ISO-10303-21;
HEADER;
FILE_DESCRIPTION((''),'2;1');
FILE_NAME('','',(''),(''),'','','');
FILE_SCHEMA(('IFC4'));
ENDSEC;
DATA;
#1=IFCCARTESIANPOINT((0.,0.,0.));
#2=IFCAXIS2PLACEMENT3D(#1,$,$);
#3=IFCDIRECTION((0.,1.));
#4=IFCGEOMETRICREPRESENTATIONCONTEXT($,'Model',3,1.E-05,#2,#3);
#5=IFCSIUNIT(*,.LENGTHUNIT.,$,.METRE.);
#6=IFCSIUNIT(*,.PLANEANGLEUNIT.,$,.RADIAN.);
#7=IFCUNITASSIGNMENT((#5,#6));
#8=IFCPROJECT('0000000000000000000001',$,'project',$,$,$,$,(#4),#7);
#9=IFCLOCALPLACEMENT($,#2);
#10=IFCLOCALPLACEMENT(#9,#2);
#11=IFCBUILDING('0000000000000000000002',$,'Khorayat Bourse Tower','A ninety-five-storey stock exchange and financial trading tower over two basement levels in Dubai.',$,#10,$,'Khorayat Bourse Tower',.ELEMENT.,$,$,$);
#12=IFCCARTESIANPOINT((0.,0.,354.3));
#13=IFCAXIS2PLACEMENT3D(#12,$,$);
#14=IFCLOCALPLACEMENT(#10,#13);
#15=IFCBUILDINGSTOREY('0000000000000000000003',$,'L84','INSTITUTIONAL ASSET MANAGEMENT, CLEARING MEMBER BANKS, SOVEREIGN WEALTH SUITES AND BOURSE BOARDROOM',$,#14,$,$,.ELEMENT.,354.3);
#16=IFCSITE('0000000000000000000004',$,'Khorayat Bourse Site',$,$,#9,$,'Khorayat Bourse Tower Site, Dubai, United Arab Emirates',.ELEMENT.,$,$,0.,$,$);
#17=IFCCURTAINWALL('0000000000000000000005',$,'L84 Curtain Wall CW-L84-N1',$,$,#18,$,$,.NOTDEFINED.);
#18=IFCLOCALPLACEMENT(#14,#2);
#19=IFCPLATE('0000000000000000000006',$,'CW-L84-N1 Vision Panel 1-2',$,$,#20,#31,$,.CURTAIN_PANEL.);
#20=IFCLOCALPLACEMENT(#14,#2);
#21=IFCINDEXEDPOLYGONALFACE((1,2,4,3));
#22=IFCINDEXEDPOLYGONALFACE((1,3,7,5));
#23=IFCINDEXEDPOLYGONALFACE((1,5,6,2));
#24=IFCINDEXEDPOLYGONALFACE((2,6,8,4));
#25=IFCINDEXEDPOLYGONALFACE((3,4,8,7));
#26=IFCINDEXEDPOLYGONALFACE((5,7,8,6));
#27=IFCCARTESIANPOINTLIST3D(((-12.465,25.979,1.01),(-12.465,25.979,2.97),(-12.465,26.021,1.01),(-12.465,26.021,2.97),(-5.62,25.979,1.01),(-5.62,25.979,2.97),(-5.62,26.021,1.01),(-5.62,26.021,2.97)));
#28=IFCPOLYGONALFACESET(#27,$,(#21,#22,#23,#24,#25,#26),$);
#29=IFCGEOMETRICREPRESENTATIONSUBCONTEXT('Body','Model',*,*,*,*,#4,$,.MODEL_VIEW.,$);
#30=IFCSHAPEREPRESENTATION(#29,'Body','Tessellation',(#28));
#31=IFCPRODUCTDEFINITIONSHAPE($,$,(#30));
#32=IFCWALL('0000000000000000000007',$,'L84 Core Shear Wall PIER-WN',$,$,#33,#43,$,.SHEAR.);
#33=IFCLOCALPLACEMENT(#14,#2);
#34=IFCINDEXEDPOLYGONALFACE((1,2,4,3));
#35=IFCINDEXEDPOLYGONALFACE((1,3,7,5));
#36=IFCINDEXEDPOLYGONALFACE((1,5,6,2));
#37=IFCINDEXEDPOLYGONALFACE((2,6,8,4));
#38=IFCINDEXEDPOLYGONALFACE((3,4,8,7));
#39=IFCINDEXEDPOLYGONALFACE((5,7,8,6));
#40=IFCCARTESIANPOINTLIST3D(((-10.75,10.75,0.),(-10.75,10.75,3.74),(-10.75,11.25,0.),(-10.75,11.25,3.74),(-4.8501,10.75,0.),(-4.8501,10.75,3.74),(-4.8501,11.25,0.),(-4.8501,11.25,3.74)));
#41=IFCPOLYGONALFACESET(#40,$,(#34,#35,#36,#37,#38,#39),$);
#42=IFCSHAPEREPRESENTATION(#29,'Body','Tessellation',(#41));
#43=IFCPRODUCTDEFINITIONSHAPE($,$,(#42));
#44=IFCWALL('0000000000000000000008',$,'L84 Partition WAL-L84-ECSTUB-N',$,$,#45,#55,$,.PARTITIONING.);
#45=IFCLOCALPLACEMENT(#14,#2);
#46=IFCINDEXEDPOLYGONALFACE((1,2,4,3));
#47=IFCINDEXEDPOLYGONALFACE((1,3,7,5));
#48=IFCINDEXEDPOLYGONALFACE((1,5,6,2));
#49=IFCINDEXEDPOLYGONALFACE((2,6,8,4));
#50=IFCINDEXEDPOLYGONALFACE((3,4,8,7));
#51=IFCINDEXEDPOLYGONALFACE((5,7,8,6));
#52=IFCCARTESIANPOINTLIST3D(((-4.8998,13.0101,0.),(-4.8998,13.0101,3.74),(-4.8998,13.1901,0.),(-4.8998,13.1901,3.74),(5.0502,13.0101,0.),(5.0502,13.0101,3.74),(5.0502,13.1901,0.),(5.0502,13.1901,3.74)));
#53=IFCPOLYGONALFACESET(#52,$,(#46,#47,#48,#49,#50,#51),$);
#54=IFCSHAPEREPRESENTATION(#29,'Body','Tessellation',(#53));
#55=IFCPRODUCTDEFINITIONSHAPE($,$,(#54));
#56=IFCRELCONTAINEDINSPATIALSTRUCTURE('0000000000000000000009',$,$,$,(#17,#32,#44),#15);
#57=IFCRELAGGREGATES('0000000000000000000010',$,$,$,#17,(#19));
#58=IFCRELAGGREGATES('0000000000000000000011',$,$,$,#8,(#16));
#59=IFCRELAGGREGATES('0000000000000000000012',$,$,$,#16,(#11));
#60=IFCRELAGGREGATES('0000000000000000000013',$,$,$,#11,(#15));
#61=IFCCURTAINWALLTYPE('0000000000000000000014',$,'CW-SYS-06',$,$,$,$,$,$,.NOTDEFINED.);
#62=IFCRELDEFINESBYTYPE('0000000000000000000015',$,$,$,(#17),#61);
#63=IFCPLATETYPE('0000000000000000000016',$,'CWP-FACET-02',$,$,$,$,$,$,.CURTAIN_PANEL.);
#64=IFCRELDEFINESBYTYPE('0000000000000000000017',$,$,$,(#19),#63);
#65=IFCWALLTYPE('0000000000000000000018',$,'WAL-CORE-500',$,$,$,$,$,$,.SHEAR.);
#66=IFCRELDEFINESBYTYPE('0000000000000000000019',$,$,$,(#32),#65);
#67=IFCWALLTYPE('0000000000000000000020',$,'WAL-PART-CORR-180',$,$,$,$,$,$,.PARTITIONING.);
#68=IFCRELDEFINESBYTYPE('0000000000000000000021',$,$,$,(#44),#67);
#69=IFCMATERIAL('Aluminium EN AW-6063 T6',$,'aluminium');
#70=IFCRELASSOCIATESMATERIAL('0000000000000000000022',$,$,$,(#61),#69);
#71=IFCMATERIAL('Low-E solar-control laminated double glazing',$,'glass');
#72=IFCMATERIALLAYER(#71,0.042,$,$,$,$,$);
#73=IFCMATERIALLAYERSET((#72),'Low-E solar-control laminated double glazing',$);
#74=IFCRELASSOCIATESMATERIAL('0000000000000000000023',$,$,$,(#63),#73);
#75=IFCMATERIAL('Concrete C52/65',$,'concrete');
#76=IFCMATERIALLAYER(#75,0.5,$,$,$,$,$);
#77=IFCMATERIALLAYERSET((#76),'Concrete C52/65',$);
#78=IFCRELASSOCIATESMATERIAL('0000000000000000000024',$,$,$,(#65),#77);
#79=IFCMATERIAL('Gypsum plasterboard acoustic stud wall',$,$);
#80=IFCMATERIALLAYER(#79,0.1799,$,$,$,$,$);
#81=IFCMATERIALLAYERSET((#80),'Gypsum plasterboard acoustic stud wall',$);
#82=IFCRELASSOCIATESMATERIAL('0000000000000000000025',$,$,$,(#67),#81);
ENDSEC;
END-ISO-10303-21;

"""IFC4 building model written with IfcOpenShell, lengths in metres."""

from ifc_helpers import new_model, si_unit, direction, frame, frame_2d, origin, origin_2d, place, context, subcontext, project, spatial, rectangle, extrude, source, transform, mapped, material, layer, layer_set, type_object, element, aggregate, save


model = new_model("IFC4")

# Units and contexts
model_context = context("Model", 3, precision=1e-05, world=origin(), true_north=direction((0.0, 1.0)))
body_context = subcontext(model_context, "Body", "Model", "MODEL_VIEW")
ifc_project = project(units=[si_unit("LENGTHUNIT", "METRE"), si_unit("PLANEANGLEUNIT", "RADIAN")], contexts=[model_context])

# Site, building, storey
site_placement = place(None, origin())
site = spatial("IfcSite", under=ifc_project, at=site_placement, Name="Khorayat Bourse Site", LongName="Khorayat Bourse Tower Site, Dubai, United Arab Emirates", CompositionType="ELEMENT", RefElevation=0.0)
building_placement = place(site_placement, origin())
building = spatial("IfcBuilding", under=site, at=building_placement, Name="Khorayat Bourse Tower", Description="A ninety-five-storey stock exchange and financial trading tower over two basement levels in Dubai.", LongName="Khorayat Bourse Tower", CompositionType="ELEMENT")
storey_placement = place(building_placement, frame((0.0, 0.0, 354.3)))
storey = spatial("IfcBuildingStorey", under=building, at=storey_placement, Name="L84", Description="INSTITUTIONAL ASSET MANAGEMENT, CLEARING MEMBER BANKS, SOVEREIGN WEALTH SUITES AND BOURSE BOARDROOM", CompositionType="ELEMENT", Elevation=354.3)

# Shared definitions
ifc_material_1 = material(Name="Concrete C52/65", Category="concrete")

# Curtain wall
ifc_material_2 = material(Name="Aluminium EN AW-6063 T6", Category="aluminium")
curtain_wall_type = type_object("IfcCurtainWallType", Name="CW-SYS-06", PredefinedType="NOTDEFINED", material=ifc_material_2)
curtain_wall_placement = place(storey_placement, origin())
curtain_wall = element("IfcCurtainWall", 1, at=curtain_wall_placement, inside=storey, type_object=curtain_wall_type, Name="L84 Curtain Wall CW-L84-N1", PredefinedType="NOTDEFINED")

# Plate
ifc_material_3 = material(Name="Low-E solar-control laminated double glazing", Category="glass")
ifc_layer_1 = layer(ifc_material_3, 0.042)
ifc_layer_set_1 = layer_set([ifc_layer_1], Name="Low-E solar-control laminated double glazing")
plate_type_1 = type_object("IfcPlateType", Name="CWP-FACET-02", PredefinedType="CURTAIN_PANEL", material=ifc_layer_set_1)
shared_shape_1 = source(origin(), body_context, "Body", "SweptSolid", [
    extrude(rectangle(XDim=6.845, YDim=0.042, at=origin_2d()), origin(), (0.0, 0.0, 1.0), 1.96),
])
plate_1_placement = place(storey_placement, frame((-9.0425, 26.0, 1.01), z_axis=(0.0, 0.0, 1.0), x_axis=(-1.0, 0.0, 0.0)))
plate_1 = element("IfcPlate", 2, at=plate_1_placement, type_object=plate_type_1, Name="CW-L84-N1 Vision Panel 1-2", PredefinedType="CURTAIN_PANEL", context=body_context, shape_type="MappedRepresentation", body=[
    mapped(shared_shape_1, transform((0.0, 0.0, 0.0), scale=1.0)),
])
aggregate(curtain_wall, [plate_1])

# Walls
ifc_layer_2 = layer(ifc_material_1, 0.5)
ifc_layer_set_2 = layer_set([ifc_layer_2], Name="Concrete C52/65")
wall_type_1 = type_object("IfcWallType", Name="WAL-CORE-500", PredefinedType="SHEAR", material=ifc_layer_set_2)
shared_shape_2 = source(origin(), body_context, "Body", "SweptSolid", [
    extrude(rectangle(XDim=5.8999, YDim=0.5, at=frame_2d((2.95, 0.0))), origin(), (0.0, 0.0, 1.0), 3.74),
])
wall_1_placement = place(storey_placement, frame((-10.75, 11.0, 0.0), z_axis=(0.0, 0.0, 1.0), x_axis=(1.0, 0.0, 0.0)))
element("IfcWall", 3, at=wall_1_placement, inside=storey, type_object=wall_type_1, Name="L84 Core Shear Wall PIER-WN", PredefinedType="SHEAR", context=body_context, shape_type="MappedRepresentation", body=[
    mapped(shared_shape_2, transform((0.0, 0.0, 0.0), scale=1.0)),
])
ifc_material_4 = material(Name="Gypsum plasterboard acoustic stud wall")
ifc_layer_3 = layer(ifc_material_4, 0.1799)
ifc_layer_set_3 = layer_set([ifc_layer_3], Name="Gypsum plasterboard acoustic stud wall")
wall_type_2 = type_object("IfcWallType", Name="WAL-PART-CORR-180", PredefinedType="PARTITIONING", material=ifc_layer_set_3)
shared_shape_3 = source(origin(), body_context, "Body", "SweptSolid", [
    extrude(rectangle(XDim=9.95, YDim=0.1799, at=frame_2d((4.9751, 0.0))), origin(), (0.0, 0.0, 1.0), 3.74),
])
wall_2_placement = place(storey_placement, frame((-4.8999, 13.1001, 0.0), z_axis=(0.0, 0.0, 1.0), x_axis=(1.0, 0.0, 0.0)))
element("IfcWall", 4, at=wall_2_placement, inside=storey, type_object=wall_type_2, Name="L84 Partition WAL-L84-ECSTUB-N", PredefinedType="PARTITIONING", context=body_context, shape_type="MappedRepresentation", body=[
    mapped(shared_shape_3, transform((0.0, 0.0, 0.0), scale=1.0)),
])

save(model, "model.ifc")
